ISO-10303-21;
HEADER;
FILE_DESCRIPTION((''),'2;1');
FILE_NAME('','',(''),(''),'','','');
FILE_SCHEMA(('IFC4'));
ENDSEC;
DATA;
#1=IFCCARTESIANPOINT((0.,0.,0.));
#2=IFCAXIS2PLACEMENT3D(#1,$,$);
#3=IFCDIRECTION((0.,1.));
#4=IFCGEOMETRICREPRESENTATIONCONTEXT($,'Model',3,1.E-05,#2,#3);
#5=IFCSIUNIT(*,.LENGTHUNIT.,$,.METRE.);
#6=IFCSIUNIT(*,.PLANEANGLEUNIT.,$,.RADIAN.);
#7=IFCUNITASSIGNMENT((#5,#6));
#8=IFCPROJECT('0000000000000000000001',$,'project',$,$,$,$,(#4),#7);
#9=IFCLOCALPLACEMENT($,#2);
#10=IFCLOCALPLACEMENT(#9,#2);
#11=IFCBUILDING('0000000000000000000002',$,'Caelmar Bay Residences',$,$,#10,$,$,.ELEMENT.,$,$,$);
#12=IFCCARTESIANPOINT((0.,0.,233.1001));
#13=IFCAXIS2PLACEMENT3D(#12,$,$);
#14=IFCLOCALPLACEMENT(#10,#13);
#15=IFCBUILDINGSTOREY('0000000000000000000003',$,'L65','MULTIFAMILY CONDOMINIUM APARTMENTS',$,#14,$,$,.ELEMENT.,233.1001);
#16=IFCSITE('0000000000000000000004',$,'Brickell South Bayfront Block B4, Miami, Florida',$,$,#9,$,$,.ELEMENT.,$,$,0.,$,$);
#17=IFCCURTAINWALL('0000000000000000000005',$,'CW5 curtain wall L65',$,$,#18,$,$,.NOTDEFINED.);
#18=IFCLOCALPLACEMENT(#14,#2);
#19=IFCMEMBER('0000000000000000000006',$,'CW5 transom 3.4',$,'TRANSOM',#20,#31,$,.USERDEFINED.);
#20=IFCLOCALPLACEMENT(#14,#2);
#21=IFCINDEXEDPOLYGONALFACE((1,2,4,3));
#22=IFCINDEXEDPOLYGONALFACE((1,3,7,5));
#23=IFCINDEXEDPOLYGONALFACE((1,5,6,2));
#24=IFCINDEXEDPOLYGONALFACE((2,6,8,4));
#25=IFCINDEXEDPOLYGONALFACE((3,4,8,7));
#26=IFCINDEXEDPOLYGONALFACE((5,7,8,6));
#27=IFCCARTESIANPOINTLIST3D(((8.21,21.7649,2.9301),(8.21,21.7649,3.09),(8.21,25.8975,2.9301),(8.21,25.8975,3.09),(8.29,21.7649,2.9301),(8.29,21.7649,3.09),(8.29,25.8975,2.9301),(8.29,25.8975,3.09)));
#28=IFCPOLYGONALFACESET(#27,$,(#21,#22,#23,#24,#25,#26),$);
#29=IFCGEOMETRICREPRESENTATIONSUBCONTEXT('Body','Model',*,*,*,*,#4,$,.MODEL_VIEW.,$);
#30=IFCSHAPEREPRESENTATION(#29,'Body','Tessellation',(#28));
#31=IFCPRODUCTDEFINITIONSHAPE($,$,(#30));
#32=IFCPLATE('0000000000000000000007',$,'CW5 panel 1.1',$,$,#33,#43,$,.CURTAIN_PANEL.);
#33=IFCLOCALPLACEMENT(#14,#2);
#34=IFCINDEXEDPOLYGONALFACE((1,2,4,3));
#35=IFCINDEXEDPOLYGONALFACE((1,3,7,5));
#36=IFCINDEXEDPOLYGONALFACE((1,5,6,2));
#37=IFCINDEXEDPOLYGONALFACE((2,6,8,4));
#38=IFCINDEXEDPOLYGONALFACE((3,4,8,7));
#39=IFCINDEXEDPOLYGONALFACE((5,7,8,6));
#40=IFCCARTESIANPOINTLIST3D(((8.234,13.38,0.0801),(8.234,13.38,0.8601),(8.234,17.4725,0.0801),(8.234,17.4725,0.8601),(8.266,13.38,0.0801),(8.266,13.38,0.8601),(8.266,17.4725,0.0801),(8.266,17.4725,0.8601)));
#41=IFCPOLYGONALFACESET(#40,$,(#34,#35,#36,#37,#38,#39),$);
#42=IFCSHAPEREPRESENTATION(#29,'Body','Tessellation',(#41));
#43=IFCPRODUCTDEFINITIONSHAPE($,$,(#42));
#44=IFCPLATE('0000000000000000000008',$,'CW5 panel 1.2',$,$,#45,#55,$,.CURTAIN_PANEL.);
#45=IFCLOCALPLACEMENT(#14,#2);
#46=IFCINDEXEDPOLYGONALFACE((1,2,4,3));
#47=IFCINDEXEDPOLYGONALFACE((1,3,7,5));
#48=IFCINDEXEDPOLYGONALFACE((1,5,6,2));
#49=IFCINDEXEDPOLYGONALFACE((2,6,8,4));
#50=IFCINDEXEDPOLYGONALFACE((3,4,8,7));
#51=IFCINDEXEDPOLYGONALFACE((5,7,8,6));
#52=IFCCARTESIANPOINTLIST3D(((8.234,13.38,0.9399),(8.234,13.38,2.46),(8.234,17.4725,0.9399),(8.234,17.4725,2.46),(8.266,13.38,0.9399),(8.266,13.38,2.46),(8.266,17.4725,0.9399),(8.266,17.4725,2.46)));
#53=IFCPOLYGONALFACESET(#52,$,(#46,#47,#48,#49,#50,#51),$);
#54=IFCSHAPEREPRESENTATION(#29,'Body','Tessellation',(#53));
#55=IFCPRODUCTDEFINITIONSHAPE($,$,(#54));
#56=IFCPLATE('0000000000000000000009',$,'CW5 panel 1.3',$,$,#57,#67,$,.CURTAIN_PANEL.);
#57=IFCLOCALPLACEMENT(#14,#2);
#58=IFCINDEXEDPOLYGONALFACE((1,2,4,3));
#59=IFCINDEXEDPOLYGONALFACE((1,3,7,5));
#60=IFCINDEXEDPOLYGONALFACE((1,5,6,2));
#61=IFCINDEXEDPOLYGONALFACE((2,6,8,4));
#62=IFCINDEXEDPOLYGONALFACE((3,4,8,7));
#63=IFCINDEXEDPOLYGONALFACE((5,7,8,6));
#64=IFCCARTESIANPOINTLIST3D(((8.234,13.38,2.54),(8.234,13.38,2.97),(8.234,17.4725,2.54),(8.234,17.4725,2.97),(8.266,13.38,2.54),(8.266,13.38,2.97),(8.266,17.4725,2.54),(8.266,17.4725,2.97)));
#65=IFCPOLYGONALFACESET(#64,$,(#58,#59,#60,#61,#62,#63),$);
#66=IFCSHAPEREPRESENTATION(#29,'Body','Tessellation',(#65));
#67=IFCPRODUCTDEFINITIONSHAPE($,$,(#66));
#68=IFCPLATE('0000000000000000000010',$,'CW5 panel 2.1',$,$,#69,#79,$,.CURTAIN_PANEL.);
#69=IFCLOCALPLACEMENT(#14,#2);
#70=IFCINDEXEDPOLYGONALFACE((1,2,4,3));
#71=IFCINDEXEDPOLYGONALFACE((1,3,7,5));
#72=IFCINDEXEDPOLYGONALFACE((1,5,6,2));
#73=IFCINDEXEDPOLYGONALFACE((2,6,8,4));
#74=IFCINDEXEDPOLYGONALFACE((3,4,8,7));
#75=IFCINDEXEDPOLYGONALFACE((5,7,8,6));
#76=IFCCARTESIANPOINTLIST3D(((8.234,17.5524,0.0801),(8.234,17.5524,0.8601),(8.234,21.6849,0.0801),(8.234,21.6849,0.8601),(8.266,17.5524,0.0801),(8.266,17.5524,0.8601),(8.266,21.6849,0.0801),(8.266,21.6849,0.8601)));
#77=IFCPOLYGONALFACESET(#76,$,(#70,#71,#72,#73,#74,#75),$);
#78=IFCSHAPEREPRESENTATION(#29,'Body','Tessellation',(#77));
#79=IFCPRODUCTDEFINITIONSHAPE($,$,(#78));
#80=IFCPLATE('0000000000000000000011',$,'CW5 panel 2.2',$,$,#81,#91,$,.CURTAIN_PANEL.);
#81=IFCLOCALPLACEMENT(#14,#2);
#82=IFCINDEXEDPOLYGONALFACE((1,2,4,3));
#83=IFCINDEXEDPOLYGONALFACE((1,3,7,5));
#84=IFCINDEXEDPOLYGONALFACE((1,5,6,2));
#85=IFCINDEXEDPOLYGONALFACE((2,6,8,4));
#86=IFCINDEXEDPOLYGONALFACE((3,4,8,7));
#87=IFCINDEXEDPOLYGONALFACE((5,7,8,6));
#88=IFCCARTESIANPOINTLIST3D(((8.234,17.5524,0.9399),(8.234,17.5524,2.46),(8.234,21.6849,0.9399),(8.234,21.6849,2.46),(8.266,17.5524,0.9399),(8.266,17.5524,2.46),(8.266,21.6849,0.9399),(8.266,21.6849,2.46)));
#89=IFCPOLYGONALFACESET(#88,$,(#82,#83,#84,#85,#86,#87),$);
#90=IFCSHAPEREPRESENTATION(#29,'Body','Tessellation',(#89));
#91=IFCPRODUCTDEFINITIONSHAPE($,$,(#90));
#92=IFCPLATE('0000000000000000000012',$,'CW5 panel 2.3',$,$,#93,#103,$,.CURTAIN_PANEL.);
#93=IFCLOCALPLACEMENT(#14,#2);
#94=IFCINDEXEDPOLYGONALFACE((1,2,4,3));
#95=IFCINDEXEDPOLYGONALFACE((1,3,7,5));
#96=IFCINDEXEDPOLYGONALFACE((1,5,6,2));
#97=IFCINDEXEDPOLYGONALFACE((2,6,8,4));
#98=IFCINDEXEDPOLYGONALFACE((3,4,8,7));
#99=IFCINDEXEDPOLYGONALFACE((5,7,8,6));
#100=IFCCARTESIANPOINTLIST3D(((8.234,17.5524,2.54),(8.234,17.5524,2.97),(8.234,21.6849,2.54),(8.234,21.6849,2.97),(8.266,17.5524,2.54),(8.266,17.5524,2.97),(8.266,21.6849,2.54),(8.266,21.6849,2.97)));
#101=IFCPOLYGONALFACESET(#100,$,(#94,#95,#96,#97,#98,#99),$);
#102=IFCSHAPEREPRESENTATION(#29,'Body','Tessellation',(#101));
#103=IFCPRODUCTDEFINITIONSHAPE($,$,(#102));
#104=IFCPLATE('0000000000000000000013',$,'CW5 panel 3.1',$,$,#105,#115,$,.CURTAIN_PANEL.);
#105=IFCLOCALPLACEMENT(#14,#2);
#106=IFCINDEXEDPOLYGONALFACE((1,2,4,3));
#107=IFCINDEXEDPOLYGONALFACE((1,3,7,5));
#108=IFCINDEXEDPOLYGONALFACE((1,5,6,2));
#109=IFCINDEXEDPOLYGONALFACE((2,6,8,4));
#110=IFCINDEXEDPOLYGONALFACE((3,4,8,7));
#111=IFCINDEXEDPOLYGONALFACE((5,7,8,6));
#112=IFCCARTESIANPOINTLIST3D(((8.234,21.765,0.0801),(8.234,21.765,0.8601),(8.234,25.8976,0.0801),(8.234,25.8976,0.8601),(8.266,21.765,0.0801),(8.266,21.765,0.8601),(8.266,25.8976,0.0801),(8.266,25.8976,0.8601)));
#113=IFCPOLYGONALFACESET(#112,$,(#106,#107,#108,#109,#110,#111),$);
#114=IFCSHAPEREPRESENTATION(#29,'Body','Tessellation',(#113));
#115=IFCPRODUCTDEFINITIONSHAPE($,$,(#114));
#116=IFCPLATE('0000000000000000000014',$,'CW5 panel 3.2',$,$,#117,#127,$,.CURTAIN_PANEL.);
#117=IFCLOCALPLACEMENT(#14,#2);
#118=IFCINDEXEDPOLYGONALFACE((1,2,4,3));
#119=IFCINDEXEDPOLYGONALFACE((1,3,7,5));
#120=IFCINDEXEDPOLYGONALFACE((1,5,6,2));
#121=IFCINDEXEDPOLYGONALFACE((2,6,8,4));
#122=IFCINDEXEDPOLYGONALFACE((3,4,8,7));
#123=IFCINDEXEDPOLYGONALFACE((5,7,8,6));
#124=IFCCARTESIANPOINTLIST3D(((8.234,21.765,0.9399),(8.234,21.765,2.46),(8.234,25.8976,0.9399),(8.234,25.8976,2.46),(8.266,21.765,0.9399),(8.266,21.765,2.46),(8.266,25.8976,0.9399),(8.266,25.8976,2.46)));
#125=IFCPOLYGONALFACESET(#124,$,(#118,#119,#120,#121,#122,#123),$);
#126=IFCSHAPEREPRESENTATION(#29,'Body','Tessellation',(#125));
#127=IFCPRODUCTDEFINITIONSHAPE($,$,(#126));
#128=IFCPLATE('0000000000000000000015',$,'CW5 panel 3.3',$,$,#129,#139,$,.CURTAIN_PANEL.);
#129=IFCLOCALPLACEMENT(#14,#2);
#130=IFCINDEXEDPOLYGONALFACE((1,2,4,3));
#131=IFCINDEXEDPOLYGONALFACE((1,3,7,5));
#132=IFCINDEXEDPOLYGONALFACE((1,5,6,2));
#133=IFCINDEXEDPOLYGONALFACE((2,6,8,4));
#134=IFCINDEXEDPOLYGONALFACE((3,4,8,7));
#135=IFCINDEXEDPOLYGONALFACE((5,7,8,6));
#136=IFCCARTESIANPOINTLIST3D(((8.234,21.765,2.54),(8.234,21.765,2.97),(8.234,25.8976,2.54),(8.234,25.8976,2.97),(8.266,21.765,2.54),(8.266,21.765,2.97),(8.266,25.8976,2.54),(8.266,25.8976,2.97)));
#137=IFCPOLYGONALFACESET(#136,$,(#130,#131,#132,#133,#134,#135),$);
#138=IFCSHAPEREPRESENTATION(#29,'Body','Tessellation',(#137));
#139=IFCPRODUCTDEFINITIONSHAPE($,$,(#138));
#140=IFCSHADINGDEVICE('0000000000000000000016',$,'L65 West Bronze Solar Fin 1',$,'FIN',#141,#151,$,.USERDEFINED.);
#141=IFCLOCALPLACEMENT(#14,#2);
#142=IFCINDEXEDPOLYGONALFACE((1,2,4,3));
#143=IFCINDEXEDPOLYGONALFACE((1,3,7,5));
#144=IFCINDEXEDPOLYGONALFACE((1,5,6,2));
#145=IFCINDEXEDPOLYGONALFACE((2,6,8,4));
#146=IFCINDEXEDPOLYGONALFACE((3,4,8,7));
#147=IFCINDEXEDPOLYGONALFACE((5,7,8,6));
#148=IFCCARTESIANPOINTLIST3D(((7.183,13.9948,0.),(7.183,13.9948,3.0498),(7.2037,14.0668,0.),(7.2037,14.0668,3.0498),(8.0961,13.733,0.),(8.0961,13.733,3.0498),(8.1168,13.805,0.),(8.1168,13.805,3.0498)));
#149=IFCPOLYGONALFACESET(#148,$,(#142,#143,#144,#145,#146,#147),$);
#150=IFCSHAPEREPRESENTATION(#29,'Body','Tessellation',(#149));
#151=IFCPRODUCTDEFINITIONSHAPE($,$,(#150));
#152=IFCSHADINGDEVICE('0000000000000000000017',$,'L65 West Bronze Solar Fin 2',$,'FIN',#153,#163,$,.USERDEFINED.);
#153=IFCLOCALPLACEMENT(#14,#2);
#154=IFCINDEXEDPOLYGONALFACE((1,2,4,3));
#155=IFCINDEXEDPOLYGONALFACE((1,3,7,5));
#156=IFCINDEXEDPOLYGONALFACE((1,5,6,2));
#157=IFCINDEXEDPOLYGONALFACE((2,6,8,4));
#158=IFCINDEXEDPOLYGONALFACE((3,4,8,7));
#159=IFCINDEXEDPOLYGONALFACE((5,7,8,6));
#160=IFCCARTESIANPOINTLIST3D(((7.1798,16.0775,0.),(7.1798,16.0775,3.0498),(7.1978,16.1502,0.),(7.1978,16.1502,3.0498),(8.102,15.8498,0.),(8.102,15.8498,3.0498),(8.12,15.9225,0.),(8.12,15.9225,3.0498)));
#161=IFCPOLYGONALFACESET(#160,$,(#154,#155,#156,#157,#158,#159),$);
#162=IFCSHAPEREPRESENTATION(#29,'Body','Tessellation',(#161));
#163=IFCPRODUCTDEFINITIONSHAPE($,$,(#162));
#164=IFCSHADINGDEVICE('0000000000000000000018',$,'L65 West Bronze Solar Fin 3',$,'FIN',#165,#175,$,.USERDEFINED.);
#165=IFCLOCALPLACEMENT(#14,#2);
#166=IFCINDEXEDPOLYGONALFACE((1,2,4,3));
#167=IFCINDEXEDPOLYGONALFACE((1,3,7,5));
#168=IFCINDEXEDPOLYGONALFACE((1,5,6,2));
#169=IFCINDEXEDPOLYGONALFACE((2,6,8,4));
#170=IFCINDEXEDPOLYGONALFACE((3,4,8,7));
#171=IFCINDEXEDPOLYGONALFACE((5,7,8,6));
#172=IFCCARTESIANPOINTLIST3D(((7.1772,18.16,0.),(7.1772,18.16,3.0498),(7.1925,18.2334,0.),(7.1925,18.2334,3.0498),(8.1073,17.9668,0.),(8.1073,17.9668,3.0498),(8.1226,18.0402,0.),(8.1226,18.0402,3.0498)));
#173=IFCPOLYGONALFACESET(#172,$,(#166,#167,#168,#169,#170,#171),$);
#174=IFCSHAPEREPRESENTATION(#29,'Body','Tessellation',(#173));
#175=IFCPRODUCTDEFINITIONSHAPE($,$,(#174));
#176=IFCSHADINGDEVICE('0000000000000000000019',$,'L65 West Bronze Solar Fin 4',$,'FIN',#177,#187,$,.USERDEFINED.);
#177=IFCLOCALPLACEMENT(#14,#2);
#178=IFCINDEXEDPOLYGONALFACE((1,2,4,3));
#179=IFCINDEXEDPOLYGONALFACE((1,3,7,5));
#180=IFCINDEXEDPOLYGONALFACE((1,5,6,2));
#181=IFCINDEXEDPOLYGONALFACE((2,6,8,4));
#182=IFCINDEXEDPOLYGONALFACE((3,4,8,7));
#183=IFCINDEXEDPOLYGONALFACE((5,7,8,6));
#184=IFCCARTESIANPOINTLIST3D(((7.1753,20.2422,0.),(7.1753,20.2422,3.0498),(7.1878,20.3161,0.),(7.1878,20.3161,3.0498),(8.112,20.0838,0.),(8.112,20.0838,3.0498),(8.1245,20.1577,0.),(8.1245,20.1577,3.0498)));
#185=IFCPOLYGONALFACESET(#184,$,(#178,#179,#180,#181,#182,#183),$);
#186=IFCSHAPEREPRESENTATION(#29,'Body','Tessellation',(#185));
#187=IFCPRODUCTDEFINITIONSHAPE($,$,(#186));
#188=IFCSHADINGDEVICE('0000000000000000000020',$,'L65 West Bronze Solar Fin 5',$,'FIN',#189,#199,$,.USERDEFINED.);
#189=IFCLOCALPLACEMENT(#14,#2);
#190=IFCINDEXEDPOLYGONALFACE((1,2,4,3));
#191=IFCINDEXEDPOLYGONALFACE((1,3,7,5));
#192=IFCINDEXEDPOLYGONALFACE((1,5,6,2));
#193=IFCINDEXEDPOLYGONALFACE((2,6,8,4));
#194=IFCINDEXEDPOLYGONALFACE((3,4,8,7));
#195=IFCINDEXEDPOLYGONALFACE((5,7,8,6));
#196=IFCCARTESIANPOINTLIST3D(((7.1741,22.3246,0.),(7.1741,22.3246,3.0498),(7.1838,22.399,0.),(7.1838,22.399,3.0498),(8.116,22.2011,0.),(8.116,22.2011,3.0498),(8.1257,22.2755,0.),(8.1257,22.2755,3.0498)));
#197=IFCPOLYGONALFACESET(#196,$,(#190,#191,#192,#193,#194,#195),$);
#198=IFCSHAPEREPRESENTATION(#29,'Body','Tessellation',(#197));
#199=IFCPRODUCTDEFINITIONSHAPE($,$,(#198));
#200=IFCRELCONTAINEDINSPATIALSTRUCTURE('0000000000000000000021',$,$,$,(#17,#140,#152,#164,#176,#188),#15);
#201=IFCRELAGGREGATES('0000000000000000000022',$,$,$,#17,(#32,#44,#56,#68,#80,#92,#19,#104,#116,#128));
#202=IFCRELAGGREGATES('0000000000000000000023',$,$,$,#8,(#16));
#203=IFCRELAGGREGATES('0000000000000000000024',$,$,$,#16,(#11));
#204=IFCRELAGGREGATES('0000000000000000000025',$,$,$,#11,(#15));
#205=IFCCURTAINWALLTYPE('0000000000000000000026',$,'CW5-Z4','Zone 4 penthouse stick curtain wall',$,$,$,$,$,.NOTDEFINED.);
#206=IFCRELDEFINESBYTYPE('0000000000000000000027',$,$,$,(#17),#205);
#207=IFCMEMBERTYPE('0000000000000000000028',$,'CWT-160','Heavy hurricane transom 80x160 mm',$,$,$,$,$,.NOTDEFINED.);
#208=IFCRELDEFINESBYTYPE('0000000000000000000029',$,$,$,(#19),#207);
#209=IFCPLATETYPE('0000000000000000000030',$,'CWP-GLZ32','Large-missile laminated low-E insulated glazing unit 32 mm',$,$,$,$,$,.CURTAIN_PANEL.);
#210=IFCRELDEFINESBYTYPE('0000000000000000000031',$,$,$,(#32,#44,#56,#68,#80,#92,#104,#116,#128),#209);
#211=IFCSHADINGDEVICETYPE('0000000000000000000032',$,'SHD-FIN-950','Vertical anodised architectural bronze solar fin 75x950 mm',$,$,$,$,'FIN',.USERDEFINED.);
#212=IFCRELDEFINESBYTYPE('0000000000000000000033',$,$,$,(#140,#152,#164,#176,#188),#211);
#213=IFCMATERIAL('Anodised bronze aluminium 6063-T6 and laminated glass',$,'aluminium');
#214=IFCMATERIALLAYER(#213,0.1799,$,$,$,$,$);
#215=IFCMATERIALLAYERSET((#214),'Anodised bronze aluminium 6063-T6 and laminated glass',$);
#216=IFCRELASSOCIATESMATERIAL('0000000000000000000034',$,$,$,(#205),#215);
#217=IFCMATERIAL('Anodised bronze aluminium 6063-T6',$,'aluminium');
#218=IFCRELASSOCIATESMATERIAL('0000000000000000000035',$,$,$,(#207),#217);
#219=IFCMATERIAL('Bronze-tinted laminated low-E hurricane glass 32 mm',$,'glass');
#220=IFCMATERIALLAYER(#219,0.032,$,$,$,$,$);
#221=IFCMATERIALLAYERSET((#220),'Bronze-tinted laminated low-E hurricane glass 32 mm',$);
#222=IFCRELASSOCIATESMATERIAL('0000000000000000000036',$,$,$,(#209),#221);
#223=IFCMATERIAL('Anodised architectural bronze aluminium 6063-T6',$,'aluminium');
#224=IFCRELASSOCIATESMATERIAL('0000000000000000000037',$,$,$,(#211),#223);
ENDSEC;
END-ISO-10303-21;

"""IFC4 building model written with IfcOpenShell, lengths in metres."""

from ifc_helpers import new_model, si_unit, direction, frame, origin, origin_2d, place, context, subcontext, project, spatial, rectangle, extrude, material, layer, layer_set, material_profile, profile_set, type_object, element, aggregate, save


model = new_model("IFC4")

# Units and contexts
model_context = context("Model", 3, precision=1e-05, world=origin(), true_north=direction((0.0, 1.0)))
body_context = subcontext(model_context, "Body", "Model", "MODEL_VIEW")
ifc_project = project(units=[si_unit("LENGTHUNIT", "METRE"), si_unit("PLANEANGLEUNIT", "RADIAN")], contexts=[model_context])

# Site, building, storey
site_placement = place(None, origin())
site = spatial("IfcSite", under=ifc_project, at=site_placement, Name="Brickell South Bayfront Block B4, Miami, Florida", CompositionType="ELEMENT", RefElevation=0.0)
building_placement = place(site_placement, origin())
building = spatial("IfcBuilding", under=site, at=building_placement, Name="Caelmar Bay Residences", CompositionType="ELEMENT")
storey_placement = place(building_placement, frame((0.0, 0.0, 233.1001)))
storey = spatial("IfcBuildingStorey", under=building, at=storey_placement, Name="L65", Description="MULTIFAMILY CONDOMINIUM APARTMENTS", CompositionType="ELEMENT", Elevation=233.1001)

# Curtain wall, member, plates
ifc_material_1 = material(Name="Anodised bronze aluminium 6063-T6 and laminated glass", Category="aluminium")
ifc_layer_1 = layer(ifc_material_1, 0.1799)
ifc_layer_set_1 = layer_set([ifc_layer_1], Name="Anodised bronze aluminium 6063-T6 and laminated glass")
curtain_wall_type = type_object("IfcCurtainWallType", Name="CW5-Z4", Description="Zone 4 penthouse stick curtain wall", PredefinedType="NOTDEFINED", material=ifc_layer_set_1)
curtain_wall_placement = place(storey_placement, origin())
curtain_wall = element("IfcCurtainWall", 1, at=curtain_wall_placement, inside=storey, type_object=curtain_wall_type, Name="CW5 curtain wall L65", PredefinedType="NOTDEFINED")
ifc_material_2 = material(Name="Anodised bronze aluminium 6063-T6", Category="aluminium")
ifc_material_profile_1 = material_profile(ifc_material_2, rectangle(XDim=0.0801, YDim=0.1599, at=origin_2d()), Name="CWT-80X160")
ifc_profile_set_1 = profile_set([ifc_material_profile_1], Name="Anodised bronze aluminium 6063-T6")
member_type_1 = type_object("IfcMemberType", Name="CWT-160", Description="Heavy hurricane transom 80x160 mm", PredefinedType="NOTDEFINED", material=ifc_profile_set_1)
member_1_placement = place(storey_placement, frame((8.25, 21.7649, 3.01), z_axis=(0.0, 1.0, 0.0), x_axis=(-1.0, 0.0, 0.0)))
member_1 = element("IfcMember", 2, at=member_1_placement, type_object=member_type_1, Name="CW5 transom 3.4", ObjectType="TRANSOM", PredefinedType="USERDEFINED", context=body_context, shape_type="SweptSolid", body=[
    extrude(rectangle(XDim=0.0801, YDim=0.1599, at=origin_2d()), origin(), (0.0, 0.0, 1.0), 4.1326),
])
ifc_material_3 = material(Name="Bronze-tinted laminated low-E hurricane glass 32 mm", Category="glass")
ifc_layer_2 = layer(ifc_material_3, 0.032)
ifc_layer_set_2 = layer_set([ifc_layer_2], Name="Bronze-tinted laminated low-E hurricane glass 32 mm")
plate_type = type_object("IfcPlateType", Name="CWP-GLZ32", Description="Large-missile laminated low-E insulated glazing unit 32 mm", PredefinedType="CURTAIN_PANEL", material=ifc_layer_set_2)
plate_1_placement = place(storey_placement, frame((8.25, 15.4263, 0.0801), z_axis=(0.0, 0.0, 1.0), x_axis=(0.0, 1.0, 0.0)))
plate_1 = element("IfcPlate", 3, at=plate_1_placement, type_object=plate_type, Name="CW5 panel 1.1", PredefinedType="CURTAIN_PANEL", context=body_context, shape_type="SweptSolid", body=[
    extrude(rectangle(XDim=4.0925, YDim=0.032, at=origin_2d()), origin(), (0.0, 0.0, 1.0), 0.78),
])
plate_2_placement = place(storey_placement, frame((8.25, 15.4263, 0.9399), z_axis=(0.0, 0.0, 1.0), x_axis=(0.0, 1.0, 0.0)))
plate_2 = element("IfcPlate", 4, at=plate_2_placement, type_object=plate_type, Name="CW5 panel 1.2", PredefinedType="CURTAIN_PANEL", context=body_context, shape_type="SweptSolid", body=[
    extrude(rectangle(XDim=4.0925, YDim=0.032, at=origin_2d()), origin(), (0.0, 0.0, 1.0), 1.52),
])
plate_3_placement = place(storey_placement, frame((8.25, 15.4263, 2.54), z_axis=(0.0, 0.0, 1.0), x_axis=(0.0, 1.0, 0.0)))
plate_3 = element("IfcPlate", 5, at=plate_3_placement, type_object=plate_type, Name="CW5 panel 1.3", PredefinedType="CURTAIN_PANEL", context=body_context, shape_type="SweptSolid", body=[
    extrude(rectangle(XDim=4.0925, YDim=0.032, at=origin_2d()), origin(), (0.0, 0.0, 1.0), 0.4299),
])
plate_4_placement = place(storey_placement, frame((8.25, 19.6187, 0.0801), z_axis=(0.0, 0.0, 1.0), x_axis=(0.0, 1.0, 0.0)))
plate_4 = element("IfcPlate", 6, at=plate_4_placement, type_object=plate_type, Name="CW5 panel 2.1", PredefinedType="CURTAIN_PANEL", context=body_context, shape_type="SweptSolid", body=[
    extrude(rectangle(XDim=4.1326, YDim=0.032, at=origin_2d()), origin(), (0.0, 0.0, 1.0), 0.78),
])
plate_5_placement = place(storey_placement, frame((8.25, 19.6187, 0.9399), z_axis=(0.0, 0.0, 1.0), x_axis=(0.0, 1.0, 0.0)))
plate_5 = element("IfcPlate", 7, at=plate_5_placement, type_object=plate_type, Name="CW5 panel 2.2", PredefinedType="CURTAIN_PANEL", context=body_context, shape_type="SweptSolid", body=[
    extrude(rectangle(XDim=4.1326, YDim=0.032, at=origin_2d()), origin(), (0.0, 0.0, 1.0), 1.52),
])
plate_6_placement = place(storey_placement, frame((8.25, 19.6187, 2.54), z_axis=(0.0, 0.0, 1.0), x_axis=(0.0, 1.0, 0.0)))
plate_6 = element("IfcPlate", 8, at=plate_6_placement, type_object=plate_type, Name="CW5 panel 2.3", PredefinedType="CURTAIN_PANEL", context=body_context, shape_type="SweptSolid", body=[
    extrude(rectangle(XDim=4.1326, YDim=0.032, at=origin_2d()), origin(), (0.0, 0.0, 1.0), 0.4299),
])
plate_7_placement = place(storey_placement, frame((8.25, 23.8313, 0.0801), z_axis=(0.0, 0.0, 1.0), x_axis=(0.0, 1.0, 0.0)))
plate_7 = element("IfcPlate", 9, at=plate_7_placement, type_object=plate_type, Name="CW5 panel 3.1", PredefinedType="CURTAIN_PANEL", context=body_context, shape_type="SweptSolid", body=[
    extrude(rectangle(XDim=4.1326, YDim=0.032, at=origin_2d()), origin(), (0.0, 0.0, 1.0), 0.78),
])
plate_8_placement = place(storey_placement, frame((8.25, 23.8313, 0.9399), z_axis=(0.0, 0.0, 1.0), x_axis=(0.0, 1.0, 0.0)))
plate_8 = element("IfcPlate", 10, at=plate_8_placement, type_object=plate_type, Name="CW5 panel 3.2", PredefinedType="CURTAIN_PANEL", context=body_context, shape_type="SweptSolid", body=[
    extrude(rectangle(XDim=4.1326, YDim=0.032, at=origin_2d()), origin(), (0.0, 0.0, 1.0), 1.52),
])
plate_9_placement = place(storey_placement, frame((8.25, 23.8313, 2.54), z_axis=(0.0, 0.0, 1.0), x_axis=(0.0, 1.0, 0.0)))
plate_9 = element("IfcPlate", 11, at=plate_9_placement, type_object=plate_type, Name="CW5 panel 3.3", PredefinedType="CURTAIN_PANEL", context=body_context, shape_type="SweptSolid", body=[
    extrude(rectangle(XDim=4.1326, YDim=0.032, at=origin_2d()), origin(), (0.0, 0.0, 1.0), 0.4299),
])
aggregate(curtain_wall, [plate_1, plate_2, plate_3, plate_4, plate_5, plate_6, member_1, plate_7, plate_8, plate_9])

# Shading devices
ifc_material_4 = material(Name="Anodised architectural bronze aluminium 6063-T6", Category="aluminium")
ifc_material_profile_2 = material_profile(ifc_material_4, rectangle(XDim=0.075, YDim=0.95, at=origin_2d()), Name="BRONZE-FIN-75X950")
ifc_profile_set_2 = profile_set([ifc_material_profile_2], Name="Anodised architectural bronze aluminium 6063-T6")
shading_device_type = type_object("IfcShadingDeviceType", Name="SHD-FIN-950", Description="Vertical anodised architectural bronze solar fin 75x950 mm", ElementType="FIN", PredefinedType="USERDEFINED", material=ifc_profile_set_2)
for number, where, z_axis, x_axis, name in (
    (12, (7.6499, 13.8999, 0.0), (0.0, 0.0, 1.0), (0.275637, 0.961262, 0.0), "L65 West Bronze Solar Fin 1"),
    (13, (7.6499, 16.0, 0.0), (0.0, 0.0, 1.0), (0.23972, 0.970842, 0.0), "L65 West Bronze Solar Fin 2"),
    (14, (7.6499, 18.1001, 0.0), (0.0, 0.0, 1.0), (0.2033, 0.979116, 0.0), "L65 West Bronze Solar Fin 3"),
    (15, (7.6499, 20.2, 0.0), (0.0, 0.0, 1.0), (0.166769, 0.985996, 0.0), "L65 West Bronze Solar Fin 4"),
    (16, (7.6499, 22.3, 0.0), (0.0, 0.0, 1.0), (0.130007, 0.991513, 0.0), "L65 West Bronze Solar Fin 5"),
):
    element("IfcShadingDevice", number, at=place(storey_placement, frame(where, z_axis=z_axis, x_axis=x_axis)), inside=storey, type_object=shading_device_type, Name=name, ObjectType="FIN", PredefinedType="USERDEFINED", context=body_context, shape_type="SweptSolid", body=[
        extrude(rectangle(XDim=0.075, YDim=0.95, at=origin_2d()), origin(), (0.0, 0.0, 1.0), 3.0498),
    ])

save(model, "model.ifc")
